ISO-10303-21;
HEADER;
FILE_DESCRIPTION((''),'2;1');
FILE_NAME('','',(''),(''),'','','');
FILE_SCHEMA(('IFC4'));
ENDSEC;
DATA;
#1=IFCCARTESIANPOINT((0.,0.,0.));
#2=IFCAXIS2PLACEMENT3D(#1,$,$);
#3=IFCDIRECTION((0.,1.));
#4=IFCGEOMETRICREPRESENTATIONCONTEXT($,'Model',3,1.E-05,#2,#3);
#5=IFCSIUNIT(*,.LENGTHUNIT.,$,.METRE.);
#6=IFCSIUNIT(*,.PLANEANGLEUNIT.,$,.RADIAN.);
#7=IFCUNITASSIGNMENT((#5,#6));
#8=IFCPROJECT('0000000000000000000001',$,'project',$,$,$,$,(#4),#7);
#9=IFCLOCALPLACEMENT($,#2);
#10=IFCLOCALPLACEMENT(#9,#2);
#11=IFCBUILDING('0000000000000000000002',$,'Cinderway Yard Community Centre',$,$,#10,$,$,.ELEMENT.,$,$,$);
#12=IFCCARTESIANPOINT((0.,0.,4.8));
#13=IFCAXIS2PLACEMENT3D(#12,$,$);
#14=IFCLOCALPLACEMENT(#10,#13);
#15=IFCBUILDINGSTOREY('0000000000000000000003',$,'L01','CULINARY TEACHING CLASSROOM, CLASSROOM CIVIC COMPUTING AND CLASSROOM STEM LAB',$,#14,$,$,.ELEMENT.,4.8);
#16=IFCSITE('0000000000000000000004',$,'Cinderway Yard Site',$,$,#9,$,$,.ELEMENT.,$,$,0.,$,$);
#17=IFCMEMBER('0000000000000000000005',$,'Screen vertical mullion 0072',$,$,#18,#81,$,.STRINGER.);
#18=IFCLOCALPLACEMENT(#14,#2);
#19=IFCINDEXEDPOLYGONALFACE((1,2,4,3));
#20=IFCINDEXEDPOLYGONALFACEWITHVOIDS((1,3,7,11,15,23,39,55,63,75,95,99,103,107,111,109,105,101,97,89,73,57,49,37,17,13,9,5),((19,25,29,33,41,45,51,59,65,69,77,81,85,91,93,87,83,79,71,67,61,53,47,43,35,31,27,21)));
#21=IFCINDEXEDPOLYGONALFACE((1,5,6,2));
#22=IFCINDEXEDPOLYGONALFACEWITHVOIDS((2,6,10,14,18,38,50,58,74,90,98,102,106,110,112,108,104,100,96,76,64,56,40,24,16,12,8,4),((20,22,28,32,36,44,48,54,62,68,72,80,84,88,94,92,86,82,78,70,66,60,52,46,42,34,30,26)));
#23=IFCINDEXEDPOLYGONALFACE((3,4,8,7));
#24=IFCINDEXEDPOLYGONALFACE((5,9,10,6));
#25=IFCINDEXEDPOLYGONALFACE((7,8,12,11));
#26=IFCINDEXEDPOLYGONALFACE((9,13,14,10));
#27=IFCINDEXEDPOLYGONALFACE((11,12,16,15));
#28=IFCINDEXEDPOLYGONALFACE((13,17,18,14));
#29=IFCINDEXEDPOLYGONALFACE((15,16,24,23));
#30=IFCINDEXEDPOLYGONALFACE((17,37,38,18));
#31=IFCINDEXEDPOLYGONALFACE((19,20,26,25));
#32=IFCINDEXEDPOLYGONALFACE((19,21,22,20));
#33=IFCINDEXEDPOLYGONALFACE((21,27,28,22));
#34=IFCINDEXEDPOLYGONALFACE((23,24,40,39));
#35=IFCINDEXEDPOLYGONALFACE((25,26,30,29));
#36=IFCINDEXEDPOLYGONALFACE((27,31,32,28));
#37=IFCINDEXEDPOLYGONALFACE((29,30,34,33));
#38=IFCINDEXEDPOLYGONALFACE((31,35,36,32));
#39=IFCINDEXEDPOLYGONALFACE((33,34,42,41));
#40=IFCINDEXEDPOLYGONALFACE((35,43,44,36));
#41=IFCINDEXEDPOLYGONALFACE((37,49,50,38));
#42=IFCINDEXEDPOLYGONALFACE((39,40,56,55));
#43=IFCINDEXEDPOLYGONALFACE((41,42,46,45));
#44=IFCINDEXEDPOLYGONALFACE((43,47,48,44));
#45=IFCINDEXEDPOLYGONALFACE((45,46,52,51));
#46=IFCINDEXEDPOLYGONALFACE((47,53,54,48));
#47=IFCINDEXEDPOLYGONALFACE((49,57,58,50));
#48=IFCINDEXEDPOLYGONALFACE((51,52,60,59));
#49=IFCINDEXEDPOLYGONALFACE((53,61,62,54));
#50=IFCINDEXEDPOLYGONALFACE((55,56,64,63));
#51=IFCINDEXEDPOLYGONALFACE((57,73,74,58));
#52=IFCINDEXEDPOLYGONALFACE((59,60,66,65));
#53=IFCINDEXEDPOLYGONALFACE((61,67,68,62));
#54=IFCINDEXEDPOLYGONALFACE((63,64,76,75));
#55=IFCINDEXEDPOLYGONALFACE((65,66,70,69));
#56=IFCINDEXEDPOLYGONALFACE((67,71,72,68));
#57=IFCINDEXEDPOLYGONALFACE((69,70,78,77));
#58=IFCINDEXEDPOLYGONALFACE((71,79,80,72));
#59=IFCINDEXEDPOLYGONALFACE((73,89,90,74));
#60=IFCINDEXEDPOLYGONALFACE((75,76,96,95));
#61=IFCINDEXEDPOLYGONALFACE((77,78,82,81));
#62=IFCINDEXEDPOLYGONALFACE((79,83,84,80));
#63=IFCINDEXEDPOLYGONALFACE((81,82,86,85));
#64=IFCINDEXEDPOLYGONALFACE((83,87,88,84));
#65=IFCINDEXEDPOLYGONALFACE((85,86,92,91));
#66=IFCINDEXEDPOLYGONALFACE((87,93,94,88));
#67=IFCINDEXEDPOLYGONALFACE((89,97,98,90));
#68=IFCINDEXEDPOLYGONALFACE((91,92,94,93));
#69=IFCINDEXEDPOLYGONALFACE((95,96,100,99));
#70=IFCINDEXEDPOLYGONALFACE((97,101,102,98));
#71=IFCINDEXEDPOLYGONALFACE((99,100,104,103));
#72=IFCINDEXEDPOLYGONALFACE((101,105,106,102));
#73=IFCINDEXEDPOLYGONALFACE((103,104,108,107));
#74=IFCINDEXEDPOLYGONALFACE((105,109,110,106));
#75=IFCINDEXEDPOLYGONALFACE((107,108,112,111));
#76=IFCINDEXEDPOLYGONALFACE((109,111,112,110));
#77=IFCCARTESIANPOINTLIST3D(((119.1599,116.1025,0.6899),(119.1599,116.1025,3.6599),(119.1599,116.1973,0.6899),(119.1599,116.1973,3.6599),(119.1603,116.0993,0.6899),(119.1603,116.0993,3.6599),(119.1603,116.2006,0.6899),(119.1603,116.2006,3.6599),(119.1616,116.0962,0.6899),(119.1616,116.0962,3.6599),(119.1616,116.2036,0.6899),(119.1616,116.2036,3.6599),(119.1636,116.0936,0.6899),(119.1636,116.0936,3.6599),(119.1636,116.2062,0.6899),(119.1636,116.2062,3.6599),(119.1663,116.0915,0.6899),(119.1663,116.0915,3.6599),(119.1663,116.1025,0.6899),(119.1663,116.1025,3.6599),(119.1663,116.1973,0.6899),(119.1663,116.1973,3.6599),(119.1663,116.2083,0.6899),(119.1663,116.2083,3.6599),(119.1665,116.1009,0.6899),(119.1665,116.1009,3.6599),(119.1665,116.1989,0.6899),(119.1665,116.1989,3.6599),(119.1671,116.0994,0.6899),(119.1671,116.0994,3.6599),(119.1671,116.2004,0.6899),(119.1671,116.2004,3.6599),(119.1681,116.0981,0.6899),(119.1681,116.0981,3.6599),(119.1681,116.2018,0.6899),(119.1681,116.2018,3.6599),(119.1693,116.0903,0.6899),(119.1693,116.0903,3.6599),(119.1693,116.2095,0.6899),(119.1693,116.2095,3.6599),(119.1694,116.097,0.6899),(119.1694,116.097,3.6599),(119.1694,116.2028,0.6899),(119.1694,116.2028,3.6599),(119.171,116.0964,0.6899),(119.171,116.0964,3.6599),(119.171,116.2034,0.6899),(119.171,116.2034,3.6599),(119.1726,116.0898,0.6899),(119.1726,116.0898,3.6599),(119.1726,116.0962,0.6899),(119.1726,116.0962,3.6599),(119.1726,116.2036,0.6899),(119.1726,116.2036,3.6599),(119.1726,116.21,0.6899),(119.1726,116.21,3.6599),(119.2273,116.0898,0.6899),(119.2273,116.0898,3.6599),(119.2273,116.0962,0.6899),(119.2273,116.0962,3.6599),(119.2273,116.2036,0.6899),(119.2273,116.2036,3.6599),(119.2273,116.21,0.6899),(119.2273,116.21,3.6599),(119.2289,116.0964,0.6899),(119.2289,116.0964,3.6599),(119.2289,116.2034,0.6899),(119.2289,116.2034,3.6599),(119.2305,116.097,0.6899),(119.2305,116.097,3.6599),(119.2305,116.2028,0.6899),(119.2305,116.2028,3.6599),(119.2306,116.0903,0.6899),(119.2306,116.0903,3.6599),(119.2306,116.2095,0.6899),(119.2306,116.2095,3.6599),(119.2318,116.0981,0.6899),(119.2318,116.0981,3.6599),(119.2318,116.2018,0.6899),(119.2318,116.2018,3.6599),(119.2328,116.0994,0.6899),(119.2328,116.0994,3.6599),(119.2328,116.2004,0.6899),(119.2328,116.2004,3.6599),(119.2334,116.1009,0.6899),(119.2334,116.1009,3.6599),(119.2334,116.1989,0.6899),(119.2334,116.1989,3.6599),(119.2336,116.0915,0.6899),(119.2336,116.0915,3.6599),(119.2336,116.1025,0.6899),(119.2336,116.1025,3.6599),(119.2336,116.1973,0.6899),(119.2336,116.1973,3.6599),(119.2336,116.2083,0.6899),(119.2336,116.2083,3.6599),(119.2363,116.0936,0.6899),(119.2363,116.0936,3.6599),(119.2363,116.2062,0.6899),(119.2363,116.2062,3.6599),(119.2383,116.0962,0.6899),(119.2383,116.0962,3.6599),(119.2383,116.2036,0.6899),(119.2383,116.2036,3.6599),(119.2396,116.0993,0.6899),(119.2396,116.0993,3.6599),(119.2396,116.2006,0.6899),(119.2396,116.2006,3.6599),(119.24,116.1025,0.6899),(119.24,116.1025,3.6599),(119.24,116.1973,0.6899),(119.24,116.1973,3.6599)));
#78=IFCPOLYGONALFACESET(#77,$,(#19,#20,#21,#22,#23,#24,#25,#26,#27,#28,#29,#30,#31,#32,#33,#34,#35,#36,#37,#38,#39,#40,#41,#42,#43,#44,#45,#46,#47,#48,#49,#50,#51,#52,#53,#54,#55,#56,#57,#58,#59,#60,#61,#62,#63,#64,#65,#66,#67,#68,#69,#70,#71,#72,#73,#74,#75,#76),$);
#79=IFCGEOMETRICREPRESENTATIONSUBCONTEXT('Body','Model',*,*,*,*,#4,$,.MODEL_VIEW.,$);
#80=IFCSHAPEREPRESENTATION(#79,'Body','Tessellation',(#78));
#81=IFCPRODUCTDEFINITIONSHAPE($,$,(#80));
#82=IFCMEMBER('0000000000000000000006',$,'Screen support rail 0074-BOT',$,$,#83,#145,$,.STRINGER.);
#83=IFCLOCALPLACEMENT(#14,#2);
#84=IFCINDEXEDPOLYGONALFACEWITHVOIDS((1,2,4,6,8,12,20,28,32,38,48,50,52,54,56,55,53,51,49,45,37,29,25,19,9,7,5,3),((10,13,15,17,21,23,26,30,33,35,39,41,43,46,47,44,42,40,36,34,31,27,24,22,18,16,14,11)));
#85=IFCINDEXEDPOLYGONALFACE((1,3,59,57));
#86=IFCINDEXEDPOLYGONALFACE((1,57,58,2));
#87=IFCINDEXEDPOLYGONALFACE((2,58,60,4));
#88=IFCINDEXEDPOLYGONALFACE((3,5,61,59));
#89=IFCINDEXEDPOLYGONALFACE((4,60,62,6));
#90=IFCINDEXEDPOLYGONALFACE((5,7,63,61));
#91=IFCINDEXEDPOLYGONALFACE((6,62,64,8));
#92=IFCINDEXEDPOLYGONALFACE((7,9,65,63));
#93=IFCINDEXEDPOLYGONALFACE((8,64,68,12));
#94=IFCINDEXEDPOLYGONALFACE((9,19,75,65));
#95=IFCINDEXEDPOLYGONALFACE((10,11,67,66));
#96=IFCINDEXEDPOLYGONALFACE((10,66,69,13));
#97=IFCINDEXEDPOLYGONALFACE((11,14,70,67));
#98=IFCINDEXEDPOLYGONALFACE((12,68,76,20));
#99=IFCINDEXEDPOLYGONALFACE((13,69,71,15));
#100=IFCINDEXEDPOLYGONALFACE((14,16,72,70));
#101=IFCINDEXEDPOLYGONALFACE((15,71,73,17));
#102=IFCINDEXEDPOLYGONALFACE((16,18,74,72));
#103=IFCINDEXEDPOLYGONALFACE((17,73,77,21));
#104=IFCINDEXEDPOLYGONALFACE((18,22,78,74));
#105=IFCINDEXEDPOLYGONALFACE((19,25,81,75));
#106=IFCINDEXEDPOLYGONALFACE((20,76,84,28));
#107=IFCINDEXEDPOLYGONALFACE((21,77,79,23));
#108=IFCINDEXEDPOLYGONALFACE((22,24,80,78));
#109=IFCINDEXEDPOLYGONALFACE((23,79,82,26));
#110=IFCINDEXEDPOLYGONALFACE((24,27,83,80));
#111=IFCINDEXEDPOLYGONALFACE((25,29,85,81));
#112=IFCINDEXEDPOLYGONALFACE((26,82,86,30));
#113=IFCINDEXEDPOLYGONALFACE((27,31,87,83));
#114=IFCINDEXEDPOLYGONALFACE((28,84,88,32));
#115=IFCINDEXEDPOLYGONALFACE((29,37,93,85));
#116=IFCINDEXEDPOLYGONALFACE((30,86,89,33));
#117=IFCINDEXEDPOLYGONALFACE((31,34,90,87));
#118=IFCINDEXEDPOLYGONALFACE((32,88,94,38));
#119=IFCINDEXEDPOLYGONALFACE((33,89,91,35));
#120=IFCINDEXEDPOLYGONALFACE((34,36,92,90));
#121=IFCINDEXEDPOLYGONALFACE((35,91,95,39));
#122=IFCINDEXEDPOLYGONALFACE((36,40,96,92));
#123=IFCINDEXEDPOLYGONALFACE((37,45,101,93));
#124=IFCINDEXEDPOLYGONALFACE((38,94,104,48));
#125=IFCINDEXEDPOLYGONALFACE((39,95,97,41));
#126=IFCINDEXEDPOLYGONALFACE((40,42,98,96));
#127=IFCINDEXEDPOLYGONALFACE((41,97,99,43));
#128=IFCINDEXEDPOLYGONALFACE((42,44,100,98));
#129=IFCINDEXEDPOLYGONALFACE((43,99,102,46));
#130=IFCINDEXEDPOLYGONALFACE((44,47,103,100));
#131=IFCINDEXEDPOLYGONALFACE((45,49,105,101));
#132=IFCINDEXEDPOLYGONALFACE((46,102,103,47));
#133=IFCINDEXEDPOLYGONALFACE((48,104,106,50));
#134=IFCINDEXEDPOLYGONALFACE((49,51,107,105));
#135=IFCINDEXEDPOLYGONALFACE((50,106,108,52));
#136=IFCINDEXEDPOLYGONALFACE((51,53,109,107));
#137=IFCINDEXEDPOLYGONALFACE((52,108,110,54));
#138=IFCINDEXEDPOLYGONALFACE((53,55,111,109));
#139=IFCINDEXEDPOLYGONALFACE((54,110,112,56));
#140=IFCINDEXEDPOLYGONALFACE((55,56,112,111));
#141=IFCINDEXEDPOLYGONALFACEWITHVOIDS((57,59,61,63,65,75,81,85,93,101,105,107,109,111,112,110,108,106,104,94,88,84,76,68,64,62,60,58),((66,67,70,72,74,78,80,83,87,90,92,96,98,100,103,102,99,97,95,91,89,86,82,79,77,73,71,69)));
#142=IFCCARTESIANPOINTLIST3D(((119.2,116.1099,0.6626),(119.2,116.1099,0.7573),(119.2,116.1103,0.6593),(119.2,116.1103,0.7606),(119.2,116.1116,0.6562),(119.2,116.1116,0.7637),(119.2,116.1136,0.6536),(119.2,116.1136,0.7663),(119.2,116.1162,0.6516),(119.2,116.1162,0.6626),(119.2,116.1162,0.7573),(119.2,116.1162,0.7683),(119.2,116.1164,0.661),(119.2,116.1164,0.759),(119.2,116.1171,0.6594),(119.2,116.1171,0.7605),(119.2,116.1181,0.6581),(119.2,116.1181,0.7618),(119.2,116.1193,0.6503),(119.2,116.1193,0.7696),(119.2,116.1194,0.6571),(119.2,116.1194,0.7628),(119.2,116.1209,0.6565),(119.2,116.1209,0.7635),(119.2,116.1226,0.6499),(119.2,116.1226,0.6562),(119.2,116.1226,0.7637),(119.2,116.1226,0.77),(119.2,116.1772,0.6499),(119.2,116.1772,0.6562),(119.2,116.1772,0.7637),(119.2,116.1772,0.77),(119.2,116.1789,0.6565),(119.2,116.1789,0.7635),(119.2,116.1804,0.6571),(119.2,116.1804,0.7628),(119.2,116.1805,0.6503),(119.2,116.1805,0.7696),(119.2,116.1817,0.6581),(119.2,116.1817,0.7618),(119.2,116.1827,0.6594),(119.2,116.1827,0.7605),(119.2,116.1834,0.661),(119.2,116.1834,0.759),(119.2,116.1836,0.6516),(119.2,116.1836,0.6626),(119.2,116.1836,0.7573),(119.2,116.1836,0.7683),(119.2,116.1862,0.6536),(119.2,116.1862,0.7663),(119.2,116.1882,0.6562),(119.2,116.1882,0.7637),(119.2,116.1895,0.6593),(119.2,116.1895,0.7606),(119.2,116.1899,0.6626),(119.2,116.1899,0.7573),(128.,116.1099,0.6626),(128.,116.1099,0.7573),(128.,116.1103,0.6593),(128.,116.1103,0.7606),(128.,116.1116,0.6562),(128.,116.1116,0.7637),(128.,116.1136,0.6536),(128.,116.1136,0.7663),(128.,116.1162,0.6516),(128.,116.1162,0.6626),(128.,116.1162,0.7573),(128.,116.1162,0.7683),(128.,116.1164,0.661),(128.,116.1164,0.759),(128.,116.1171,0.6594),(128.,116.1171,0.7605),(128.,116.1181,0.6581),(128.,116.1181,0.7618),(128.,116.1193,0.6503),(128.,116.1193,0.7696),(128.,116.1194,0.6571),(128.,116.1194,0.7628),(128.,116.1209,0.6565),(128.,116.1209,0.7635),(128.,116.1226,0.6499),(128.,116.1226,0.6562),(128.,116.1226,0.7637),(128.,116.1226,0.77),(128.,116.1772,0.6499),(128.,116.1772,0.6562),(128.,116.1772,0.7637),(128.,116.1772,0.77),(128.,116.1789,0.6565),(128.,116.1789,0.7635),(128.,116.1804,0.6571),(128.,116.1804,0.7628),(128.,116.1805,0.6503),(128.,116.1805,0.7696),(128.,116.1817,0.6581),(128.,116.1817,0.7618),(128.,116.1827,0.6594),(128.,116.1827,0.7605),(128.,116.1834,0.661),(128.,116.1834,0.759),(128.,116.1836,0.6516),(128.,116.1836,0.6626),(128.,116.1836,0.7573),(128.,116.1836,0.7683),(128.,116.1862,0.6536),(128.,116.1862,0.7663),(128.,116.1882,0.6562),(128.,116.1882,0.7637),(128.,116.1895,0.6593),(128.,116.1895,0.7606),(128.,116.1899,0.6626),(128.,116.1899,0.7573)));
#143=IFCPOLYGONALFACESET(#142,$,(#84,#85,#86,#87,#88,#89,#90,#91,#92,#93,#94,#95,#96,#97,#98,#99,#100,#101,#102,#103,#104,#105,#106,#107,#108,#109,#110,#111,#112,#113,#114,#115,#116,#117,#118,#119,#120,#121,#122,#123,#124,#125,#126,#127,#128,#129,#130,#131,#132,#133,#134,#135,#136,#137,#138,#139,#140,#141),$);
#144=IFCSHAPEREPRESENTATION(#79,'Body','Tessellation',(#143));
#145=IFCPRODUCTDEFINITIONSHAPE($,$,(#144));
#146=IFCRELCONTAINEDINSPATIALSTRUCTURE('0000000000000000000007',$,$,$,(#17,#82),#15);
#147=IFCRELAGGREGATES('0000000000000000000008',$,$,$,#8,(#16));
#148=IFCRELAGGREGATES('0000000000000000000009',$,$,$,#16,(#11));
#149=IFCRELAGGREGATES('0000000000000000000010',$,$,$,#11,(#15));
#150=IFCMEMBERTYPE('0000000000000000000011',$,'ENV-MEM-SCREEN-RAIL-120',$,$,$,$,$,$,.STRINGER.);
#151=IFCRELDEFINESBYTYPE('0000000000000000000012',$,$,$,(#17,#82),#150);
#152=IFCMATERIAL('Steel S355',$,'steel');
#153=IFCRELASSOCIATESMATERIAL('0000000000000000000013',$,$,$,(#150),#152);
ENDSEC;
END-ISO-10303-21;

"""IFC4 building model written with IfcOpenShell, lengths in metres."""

from ifc_helpers import new_model, si_unit, direction, frame, origin, origin_2d, place, context, subcontext, project, spatial, hollow_rectangle, extrude, material, material_profile, profile_set, type_object, element, save


model = new_model("IFC4")

# Units and contexts
model_context = context("Model", 3, precision=1e-05, world=origin(), true_north=direction((0.0, 1.0)))
body_context = subcontext(model_context, "Body", "Model", "MODEL_VIEW")
ifc_project = project(units=[si_unit("LENGTHUNIT", "METRE"), si_unit("PLANEANGLEUNIT", "RADIAN")], contexts=[model_context])

# Site, building, storey
site_placement = place(None, origin())
site = spatial("IfcSite", under=ifc_project, at=site_placement, Name="Cinderway Yard Site", CompositionType="ELEMENT", RefElevation=0.0)
building_placement = place(site_placement, origin())
building = spatial("IfcBuilding", under=site, at=building_placement, Name="Cinderway Yard Community Centre", CompositionType="ELEMENT")
storey_placement = place(building_placement, frame((0.0, 0.0, 4.8)))
storey = spatial("IfcBuildingStorey", under=building, at=storey_placement, Name="L01", Description="CULINARY TEACHING CLASSROOM, CLASSROOM CIVIC COMPUTING AND CLASSROOM STEM LAB", CompositionType="ELEMENT", Elevation=4.8)

# Members
ifc_material_1 = material(Name="Steel S355", Category="steel")
ifc_material_profile_1 = material_profile(ifc_material_1, hollow_rectangle(XDim=0.0801, YDim=0.1201, WallThickness=0.0063, InnerFilletRadius=0.0063, OuterFilletRadius=0.0127, at=origin_2d()), Name="Steel S355")
ifc_profile_set_1 = profile_set([ifc_material_profile_1], Name="Steel S355")
member_type_1 = type_object("IfcMemberType", Name="ENV-MEM-SCREEN-RAIL-120", PredefinedType="STRINGER", material=ifc_profile_set_1)
for number, where, z_axis, x_axis, name in (
    (1, (119.2, 116.1499, 0.6899), (0.0, 0.0, 1.0), (1.0, 0.0, 0.0), "Screen vertical mullion 0072"),
):
    element("IfcMember", number, at=place(storey_placement, frame(where, z_axis=z_axis, x_axis=x_axis)), inside=storey, type_object=member_type_1, Name=name, PredefinedType="STRINGER", context=body_context, shape_type="SweptSolid", body=[
        extrude(hollow_rectangle(XDim=0.0801, YDim=0.1201, WallThickness=0.0063, InnerFilletRadius=0.0063, OuterFilletRadius=0.0127, at=origin_2d()), origin(), (0.0, 0.0, 1.0), 2.97),
    ])
for number, where, z_axis, x_axis, name in (
    (2, (119.2, 116.1499, 0.71), (1.0, 0.0, 0.0), (0.0, 1.0, 0.0), "Screen support rail 0074-BOT"),
):
    element("IfcMember", number, at=place(storey_placement, frame(where, z_axis=z_axis, x_axis=x_axis)), inside=storey, type_object=member_type_1, Name=name, PredefinedType="STRINGER", context=body_context, shape_type="SweptSolid", body=[
        extrude(hollow_rectangle(XDim=0.0801, YDim=0.1201, WallThickness=0.0063, InnerFilletRadius=0.0063, OuterFilletRadius=0.0127, at=origin_2d()), origin(), (0.0, 0.0, 1.0), 8.8),
    ])

save(model, "model.ifc")
